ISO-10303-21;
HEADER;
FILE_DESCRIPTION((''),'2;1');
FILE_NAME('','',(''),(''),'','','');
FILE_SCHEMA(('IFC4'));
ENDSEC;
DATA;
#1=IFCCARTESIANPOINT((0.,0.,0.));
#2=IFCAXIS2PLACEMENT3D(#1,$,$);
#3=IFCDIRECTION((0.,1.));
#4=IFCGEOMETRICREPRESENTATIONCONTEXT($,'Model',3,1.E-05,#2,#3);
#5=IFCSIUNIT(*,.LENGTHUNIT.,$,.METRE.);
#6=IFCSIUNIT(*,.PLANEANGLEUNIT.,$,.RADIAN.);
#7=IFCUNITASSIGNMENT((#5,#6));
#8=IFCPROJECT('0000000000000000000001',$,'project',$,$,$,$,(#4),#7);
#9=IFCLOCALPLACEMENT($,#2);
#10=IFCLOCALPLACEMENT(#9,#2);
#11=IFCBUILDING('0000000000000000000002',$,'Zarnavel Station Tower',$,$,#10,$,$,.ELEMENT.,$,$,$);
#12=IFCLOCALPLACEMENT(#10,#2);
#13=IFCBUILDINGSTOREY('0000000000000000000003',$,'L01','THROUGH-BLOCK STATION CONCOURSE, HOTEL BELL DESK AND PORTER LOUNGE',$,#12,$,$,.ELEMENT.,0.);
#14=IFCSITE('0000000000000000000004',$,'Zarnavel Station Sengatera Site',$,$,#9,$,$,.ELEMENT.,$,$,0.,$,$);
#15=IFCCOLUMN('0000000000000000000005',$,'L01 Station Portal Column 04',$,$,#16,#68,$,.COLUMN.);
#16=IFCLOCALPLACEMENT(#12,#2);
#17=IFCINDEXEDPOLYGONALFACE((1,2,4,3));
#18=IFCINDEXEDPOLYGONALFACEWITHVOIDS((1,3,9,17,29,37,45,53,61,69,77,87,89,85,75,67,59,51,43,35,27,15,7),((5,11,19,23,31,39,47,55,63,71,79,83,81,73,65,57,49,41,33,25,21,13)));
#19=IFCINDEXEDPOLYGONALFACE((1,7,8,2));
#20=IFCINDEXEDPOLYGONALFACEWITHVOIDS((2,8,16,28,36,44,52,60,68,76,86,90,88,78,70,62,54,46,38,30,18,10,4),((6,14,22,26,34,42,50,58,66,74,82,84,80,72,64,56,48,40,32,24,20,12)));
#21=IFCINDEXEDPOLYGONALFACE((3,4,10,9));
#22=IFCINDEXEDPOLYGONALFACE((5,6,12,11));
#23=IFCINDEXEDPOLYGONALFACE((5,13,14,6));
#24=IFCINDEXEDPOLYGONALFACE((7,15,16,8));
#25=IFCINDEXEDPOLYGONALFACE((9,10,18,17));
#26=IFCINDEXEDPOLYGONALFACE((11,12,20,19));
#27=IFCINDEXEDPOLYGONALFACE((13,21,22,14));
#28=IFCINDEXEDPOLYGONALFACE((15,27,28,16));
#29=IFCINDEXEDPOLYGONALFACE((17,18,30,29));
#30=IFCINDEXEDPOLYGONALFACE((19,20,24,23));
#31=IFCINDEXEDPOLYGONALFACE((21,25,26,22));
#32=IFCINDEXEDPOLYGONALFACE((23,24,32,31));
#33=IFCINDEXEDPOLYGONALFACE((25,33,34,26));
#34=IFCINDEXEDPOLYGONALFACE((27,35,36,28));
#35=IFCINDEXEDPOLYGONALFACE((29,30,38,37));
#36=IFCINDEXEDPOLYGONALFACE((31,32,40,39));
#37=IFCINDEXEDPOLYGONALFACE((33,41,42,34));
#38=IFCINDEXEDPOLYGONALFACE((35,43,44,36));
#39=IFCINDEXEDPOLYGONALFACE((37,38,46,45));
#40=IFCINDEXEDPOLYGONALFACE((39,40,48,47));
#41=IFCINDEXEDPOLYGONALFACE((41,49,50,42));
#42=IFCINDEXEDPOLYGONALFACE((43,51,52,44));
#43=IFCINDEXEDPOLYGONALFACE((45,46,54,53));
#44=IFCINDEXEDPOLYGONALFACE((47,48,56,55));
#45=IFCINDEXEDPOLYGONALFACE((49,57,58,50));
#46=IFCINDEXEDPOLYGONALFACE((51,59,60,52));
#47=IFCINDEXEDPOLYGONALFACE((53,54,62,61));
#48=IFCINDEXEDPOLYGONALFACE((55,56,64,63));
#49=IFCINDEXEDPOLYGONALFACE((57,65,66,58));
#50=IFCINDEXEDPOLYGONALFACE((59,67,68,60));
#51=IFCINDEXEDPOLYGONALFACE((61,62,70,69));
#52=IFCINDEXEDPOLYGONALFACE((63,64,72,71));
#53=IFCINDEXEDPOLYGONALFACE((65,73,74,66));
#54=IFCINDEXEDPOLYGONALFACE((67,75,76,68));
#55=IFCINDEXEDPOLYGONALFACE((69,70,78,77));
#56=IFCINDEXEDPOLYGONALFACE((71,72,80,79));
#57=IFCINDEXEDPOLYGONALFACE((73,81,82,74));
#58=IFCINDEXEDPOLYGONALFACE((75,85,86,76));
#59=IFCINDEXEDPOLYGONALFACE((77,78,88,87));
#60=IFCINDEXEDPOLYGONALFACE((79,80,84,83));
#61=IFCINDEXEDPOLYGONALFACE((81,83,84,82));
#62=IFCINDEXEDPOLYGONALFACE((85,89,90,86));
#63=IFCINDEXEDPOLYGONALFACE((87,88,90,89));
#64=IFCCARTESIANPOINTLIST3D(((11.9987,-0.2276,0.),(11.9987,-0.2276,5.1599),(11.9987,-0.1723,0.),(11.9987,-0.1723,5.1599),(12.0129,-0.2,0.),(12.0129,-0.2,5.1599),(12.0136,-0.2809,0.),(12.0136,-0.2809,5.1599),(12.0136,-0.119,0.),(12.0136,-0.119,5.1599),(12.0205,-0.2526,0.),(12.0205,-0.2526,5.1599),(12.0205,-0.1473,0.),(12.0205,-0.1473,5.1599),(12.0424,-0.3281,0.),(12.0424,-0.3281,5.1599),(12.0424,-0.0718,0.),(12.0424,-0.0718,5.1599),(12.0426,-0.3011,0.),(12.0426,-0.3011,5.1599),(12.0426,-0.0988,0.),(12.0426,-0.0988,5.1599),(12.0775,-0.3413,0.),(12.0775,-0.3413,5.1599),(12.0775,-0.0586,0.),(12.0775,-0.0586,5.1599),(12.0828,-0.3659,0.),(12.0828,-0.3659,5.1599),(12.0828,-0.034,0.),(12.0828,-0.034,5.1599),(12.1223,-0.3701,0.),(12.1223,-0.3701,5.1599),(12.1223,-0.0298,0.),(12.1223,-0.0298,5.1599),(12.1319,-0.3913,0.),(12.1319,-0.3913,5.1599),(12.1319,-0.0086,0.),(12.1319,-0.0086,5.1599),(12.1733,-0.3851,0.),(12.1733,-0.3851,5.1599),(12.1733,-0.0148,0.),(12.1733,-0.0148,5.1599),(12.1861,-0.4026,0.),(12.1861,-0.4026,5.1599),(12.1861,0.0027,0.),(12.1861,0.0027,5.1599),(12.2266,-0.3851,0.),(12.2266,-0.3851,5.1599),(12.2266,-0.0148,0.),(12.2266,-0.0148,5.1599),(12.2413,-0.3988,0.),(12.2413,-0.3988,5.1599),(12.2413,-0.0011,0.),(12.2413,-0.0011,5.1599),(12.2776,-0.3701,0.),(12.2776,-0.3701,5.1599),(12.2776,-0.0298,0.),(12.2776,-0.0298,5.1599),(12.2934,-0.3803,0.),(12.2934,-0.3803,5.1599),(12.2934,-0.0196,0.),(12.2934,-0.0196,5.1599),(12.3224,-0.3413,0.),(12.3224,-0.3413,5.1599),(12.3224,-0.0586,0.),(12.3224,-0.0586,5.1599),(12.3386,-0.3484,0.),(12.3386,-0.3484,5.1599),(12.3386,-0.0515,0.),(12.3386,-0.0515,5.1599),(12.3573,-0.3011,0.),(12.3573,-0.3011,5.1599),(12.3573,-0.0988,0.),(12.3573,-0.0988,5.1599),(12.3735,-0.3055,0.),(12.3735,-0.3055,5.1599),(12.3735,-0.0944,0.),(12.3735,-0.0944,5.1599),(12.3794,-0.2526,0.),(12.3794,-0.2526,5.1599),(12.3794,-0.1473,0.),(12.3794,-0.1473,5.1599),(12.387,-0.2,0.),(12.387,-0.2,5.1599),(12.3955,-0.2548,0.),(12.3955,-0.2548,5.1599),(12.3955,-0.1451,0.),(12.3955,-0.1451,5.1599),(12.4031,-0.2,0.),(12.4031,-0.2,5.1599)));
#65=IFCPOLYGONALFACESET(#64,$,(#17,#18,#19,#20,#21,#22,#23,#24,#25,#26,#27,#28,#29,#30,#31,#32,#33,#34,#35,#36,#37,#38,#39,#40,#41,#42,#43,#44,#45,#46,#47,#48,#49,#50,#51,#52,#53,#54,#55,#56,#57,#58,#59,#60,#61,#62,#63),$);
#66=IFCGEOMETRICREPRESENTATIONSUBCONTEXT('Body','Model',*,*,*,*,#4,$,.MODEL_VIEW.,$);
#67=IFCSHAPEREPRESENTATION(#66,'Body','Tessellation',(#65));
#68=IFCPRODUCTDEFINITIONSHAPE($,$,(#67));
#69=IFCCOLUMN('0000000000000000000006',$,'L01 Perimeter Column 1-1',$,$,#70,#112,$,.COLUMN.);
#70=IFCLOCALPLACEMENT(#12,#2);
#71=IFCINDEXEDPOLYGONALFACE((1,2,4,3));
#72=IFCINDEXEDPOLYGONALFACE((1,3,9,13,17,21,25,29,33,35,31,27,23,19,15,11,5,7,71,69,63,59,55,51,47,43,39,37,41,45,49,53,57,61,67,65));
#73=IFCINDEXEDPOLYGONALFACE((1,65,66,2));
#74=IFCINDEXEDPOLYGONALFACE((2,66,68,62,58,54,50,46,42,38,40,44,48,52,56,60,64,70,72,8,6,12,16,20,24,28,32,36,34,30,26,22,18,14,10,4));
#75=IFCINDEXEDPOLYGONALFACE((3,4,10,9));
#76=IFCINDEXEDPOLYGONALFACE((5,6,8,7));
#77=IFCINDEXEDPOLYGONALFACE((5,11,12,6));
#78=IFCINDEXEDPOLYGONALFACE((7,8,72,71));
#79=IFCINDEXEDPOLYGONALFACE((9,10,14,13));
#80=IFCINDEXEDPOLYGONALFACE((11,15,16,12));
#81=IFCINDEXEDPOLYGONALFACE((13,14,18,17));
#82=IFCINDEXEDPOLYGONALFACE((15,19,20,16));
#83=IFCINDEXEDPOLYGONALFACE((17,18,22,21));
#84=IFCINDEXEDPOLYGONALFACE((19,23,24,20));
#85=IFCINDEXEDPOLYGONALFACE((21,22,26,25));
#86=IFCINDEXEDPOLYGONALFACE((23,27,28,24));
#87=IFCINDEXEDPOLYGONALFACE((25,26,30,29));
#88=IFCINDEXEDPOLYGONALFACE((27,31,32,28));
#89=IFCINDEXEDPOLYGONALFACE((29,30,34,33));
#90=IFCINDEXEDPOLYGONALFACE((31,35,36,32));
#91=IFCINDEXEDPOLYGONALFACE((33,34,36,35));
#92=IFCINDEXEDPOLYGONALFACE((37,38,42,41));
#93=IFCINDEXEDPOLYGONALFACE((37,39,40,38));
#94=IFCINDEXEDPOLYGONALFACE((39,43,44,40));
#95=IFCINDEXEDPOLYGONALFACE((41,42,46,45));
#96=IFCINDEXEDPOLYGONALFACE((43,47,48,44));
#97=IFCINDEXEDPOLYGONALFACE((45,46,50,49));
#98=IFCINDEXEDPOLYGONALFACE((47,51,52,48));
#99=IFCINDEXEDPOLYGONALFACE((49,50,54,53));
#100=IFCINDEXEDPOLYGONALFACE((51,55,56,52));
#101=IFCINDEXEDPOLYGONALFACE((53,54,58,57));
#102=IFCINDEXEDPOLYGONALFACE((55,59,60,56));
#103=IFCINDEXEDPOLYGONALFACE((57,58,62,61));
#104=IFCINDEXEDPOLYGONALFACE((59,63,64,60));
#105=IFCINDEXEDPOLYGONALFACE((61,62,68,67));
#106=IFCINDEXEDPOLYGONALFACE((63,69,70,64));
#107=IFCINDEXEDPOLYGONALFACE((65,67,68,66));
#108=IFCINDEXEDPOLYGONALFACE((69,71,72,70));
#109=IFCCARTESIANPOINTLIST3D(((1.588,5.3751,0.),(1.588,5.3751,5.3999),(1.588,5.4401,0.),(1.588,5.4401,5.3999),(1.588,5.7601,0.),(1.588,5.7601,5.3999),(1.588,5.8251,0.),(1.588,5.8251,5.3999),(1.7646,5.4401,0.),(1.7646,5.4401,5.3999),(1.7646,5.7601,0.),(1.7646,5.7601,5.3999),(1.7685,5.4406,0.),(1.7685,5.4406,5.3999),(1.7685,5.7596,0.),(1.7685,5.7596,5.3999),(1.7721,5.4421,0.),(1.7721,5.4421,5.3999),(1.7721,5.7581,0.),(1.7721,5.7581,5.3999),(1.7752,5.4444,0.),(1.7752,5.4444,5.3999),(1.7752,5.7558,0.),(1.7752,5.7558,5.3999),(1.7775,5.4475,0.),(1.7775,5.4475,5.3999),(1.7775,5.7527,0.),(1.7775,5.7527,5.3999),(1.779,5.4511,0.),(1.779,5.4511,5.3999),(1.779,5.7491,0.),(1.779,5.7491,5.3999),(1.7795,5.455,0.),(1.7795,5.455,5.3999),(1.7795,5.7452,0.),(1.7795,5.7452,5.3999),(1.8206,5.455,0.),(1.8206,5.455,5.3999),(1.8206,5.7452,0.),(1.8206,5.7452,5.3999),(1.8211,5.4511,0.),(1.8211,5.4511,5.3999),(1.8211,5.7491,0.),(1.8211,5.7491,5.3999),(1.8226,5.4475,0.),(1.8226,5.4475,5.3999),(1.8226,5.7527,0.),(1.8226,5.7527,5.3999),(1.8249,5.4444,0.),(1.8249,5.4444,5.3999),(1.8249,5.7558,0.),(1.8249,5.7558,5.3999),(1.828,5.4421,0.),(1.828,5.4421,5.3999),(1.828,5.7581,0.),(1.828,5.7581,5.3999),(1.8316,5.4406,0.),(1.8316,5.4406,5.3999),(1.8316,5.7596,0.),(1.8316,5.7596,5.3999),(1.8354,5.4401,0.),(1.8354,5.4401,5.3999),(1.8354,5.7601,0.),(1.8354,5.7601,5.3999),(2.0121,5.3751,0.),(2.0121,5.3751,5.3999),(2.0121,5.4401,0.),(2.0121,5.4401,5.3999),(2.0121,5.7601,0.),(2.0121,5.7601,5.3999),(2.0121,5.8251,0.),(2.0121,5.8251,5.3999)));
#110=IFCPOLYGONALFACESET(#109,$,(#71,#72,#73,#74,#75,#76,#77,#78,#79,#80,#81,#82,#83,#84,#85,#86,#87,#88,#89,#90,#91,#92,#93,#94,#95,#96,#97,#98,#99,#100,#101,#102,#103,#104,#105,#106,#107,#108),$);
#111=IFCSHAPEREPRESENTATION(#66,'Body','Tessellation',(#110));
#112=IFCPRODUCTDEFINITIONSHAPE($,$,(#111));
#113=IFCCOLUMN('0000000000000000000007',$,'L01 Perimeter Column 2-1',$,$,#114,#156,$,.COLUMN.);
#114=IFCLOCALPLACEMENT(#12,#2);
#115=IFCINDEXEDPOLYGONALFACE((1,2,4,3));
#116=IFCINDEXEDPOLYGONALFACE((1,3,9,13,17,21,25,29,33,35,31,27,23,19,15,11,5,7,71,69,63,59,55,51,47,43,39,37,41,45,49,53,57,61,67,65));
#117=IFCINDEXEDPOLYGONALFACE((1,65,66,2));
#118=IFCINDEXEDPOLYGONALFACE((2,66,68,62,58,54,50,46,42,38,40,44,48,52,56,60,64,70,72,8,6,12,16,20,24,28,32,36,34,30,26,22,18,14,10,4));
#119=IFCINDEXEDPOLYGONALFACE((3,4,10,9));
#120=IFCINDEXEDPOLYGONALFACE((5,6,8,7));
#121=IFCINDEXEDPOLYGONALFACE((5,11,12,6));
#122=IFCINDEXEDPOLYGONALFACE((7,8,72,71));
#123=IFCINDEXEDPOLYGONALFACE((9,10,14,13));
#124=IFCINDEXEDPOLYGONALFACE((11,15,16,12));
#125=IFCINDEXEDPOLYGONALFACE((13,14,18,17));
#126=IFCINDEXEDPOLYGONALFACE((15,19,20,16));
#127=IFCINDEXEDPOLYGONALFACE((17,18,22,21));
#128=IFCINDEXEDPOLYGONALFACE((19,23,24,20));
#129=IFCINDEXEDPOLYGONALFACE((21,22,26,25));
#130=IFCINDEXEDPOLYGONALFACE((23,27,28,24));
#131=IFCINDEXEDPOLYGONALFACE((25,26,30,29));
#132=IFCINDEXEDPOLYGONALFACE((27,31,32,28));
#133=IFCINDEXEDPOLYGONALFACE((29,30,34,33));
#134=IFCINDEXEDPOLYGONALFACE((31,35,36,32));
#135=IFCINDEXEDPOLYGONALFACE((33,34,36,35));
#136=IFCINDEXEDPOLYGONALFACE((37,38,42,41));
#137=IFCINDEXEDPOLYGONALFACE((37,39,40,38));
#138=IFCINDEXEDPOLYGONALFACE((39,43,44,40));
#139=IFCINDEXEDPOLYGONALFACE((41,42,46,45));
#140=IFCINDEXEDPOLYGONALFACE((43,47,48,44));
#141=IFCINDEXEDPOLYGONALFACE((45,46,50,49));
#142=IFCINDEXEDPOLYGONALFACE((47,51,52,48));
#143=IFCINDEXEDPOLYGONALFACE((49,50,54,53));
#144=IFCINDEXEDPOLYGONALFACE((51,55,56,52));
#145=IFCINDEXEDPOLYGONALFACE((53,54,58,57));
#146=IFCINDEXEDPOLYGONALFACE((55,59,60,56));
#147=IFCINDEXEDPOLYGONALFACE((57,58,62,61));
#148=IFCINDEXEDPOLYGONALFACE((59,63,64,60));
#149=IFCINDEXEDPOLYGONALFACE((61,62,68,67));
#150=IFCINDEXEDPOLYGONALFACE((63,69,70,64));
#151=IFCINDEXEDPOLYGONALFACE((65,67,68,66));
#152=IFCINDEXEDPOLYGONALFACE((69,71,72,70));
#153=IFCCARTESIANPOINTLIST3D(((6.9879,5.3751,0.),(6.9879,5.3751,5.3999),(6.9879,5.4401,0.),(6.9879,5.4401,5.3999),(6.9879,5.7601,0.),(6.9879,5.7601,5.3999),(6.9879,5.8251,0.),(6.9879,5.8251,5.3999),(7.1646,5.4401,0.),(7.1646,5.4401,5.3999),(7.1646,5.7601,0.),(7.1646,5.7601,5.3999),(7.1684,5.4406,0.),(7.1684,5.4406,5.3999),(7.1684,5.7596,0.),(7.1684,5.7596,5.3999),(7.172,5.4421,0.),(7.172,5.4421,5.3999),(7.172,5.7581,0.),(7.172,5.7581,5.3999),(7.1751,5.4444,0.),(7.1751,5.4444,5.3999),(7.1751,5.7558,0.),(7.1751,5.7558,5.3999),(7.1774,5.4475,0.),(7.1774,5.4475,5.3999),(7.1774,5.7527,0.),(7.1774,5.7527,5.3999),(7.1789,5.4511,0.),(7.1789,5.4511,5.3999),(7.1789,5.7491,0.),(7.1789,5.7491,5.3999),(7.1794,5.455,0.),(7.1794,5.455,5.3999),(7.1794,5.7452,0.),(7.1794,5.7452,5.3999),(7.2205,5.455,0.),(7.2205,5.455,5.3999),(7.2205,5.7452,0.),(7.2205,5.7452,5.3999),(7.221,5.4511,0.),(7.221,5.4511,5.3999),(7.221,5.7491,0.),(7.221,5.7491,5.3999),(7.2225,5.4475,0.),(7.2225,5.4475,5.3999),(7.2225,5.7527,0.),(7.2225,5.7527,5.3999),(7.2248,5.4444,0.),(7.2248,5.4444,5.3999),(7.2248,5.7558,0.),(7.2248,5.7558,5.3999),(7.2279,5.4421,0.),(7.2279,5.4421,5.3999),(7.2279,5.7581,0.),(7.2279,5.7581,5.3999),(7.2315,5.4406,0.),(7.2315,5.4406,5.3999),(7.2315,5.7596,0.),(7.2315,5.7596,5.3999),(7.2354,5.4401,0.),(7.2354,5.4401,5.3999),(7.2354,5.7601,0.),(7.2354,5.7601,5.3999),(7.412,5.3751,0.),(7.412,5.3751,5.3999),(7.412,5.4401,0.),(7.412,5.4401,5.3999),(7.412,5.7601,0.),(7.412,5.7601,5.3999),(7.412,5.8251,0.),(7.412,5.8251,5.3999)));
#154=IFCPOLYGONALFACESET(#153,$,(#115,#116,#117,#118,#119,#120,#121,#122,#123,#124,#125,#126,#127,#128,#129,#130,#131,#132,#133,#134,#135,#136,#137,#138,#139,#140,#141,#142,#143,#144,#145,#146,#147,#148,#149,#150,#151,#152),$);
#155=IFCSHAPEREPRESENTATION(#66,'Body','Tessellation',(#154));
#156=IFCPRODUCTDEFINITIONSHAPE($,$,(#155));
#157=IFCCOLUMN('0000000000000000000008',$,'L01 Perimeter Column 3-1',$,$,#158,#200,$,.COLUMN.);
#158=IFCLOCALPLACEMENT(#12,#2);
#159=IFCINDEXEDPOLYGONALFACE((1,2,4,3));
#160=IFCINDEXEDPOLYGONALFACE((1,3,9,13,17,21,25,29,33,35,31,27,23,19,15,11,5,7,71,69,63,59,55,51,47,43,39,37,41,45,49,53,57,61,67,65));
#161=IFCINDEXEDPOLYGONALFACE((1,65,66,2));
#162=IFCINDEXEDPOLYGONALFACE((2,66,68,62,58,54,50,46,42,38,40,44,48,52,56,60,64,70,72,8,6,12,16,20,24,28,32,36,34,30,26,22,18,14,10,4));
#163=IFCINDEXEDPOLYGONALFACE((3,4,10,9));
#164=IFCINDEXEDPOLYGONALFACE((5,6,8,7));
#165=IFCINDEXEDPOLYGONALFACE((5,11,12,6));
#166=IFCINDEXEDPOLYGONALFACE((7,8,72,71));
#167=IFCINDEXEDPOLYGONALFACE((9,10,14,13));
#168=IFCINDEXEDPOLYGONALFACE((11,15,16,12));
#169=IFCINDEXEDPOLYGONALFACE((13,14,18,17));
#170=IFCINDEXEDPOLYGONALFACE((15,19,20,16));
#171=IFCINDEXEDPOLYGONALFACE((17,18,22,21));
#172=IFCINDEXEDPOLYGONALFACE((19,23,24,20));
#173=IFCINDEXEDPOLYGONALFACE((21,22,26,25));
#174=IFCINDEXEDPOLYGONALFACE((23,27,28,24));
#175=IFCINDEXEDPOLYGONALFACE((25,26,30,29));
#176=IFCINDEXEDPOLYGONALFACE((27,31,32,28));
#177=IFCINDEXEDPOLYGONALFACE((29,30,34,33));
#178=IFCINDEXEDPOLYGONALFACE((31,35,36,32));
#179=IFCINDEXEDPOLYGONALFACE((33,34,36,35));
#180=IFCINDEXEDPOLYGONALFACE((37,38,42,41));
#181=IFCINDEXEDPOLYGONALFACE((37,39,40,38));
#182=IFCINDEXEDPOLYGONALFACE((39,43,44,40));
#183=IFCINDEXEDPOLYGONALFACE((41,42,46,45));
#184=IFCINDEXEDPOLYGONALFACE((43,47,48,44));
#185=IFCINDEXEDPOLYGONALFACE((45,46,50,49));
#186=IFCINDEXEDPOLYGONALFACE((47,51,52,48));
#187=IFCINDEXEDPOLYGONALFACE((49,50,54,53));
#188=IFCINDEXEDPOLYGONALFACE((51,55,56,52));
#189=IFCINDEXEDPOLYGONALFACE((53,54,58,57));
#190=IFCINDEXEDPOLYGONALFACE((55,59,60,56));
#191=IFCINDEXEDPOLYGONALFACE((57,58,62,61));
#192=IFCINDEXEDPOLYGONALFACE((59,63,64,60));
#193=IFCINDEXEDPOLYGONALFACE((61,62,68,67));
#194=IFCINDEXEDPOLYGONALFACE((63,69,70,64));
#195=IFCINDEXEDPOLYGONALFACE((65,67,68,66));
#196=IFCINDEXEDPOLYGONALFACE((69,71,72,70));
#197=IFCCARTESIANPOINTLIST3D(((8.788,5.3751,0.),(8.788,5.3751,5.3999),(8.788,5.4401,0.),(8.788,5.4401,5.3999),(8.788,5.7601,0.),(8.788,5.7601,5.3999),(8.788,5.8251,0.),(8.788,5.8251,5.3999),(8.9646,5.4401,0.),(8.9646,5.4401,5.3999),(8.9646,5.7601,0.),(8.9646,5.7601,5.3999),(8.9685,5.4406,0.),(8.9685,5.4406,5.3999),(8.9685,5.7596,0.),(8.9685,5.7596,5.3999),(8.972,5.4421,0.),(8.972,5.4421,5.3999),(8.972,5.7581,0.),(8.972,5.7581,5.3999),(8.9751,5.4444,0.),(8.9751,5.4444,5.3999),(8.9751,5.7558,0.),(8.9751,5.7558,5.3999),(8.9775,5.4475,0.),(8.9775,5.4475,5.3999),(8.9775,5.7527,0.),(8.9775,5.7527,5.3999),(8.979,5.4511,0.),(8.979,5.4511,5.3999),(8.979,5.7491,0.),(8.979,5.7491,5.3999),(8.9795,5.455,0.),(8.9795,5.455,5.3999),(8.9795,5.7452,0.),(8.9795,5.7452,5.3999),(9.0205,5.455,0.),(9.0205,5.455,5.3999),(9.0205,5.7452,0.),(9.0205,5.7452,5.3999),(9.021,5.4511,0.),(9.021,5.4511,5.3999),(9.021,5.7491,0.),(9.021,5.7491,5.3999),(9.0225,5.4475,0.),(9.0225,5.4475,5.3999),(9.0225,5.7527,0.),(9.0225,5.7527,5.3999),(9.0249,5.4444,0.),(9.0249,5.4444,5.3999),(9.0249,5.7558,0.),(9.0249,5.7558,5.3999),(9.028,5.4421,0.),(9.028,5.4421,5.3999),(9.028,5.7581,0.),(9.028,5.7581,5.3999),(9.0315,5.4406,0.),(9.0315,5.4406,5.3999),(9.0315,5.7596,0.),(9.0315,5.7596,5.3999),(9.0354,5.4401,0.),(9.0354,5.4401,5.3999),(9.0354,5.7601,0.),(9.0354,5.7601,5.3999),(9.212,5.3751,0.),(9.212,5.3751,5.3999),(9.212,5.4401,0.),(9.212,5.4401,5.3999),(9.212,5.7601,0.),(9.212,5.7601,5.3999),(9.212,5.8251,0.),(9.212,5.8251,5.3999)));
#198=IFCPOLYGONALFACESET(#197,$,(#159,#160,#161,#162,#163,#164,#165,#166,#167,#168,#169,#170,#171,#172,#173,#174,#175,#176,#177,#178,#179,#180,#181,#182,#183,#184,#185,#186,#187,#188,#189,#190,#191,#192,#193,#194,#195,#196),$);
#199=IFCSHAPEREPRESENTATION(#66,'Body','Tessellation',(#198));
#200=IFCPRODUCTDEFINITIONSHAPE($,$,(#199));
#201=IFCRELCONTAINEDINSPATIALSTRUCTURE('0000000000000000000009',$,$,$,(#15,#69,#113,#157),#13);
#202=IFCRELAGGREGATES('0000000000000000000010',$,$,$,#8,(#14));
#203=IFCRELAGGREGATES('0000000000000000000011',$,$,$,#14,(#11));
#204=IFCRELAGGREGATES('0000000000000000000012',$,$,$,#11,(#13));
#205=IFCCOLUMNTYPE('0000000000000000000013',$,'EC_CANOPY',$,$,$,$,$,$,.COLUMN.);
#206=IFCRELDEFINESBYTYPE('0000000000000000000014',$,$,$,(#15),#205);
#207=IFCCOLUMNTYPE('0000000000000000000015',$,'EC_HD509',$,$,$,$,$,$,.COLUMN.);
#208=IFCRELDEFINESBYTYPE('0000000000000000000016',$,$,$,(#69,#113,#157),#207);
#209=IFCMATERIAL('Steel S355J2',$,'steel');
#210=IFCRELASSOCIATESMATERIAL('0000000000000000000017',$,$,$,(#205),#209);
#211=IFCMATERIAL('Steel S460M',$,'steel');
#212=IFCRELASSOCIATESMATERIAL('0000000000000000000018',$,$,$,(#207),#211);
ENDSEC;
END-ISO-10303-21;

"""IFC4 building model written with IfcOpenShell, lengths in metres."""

from ifc_helpers import new_model, si_unit, direction, frame, origin, origin_2d, place, context, subcontext, project, spatial, hollow_circle, i_section, extrude, material, material_profile, profile_set, type_object, element, save


model = new_model("IFC4")

# Units and contexts
model_context = context("Model", 3, precision=1e-05, world=origin(), true_north=direction((0.0, 1.0)))
body_context = subcontext(model_context, "Body", "Model", "MODEL_VIEW")
ifc_project = project(units=[si_unit("LENGTHUNIT", "METRE"), si_unit("PLANEANGLEUNIT", "RADIAN")], contexts=[model_context])

# Site, building, storey
site_placement = place(None, origin())
site = spatial("IfcSite", under=ifc_project, at=site_placement, Name="Zarnavel Station Sengatera Site", CompositionType="ELEMENT", RefElevation=0.0)
building_placement = place(site_placement, origin())
building = spatial("IfcBuilding", under=site, at=building_placement, Name="Zarnavel Station Tower", CompositionType="ELEMENT")
storey_placement = place(building_placement, origin())
storey = spatial("IfcBuildingStorey", under=building, at=storey_placement, Name="L01", Description="THROUGH-BLOCK STATION CONCOURSE, HOTEL BELL DESK AND PORTER LOUNGE", CompositionType="ELEMENT", Elevation=0.0)

# Columns
ifc_material_1 = material(Name="Steel S355J2", Category="steel")
ifc_material_profile_1 = material_profile(ifc_material_1, hollow_circle(Radius=0.2031, WallThickness=0.0161, at=origin_2d()), Name="CHS406.4x16")
ifc_profile_set_1 = profile_set([ifc_material_profile_1], Name="Steel S355J2")
column_type_1 = type_object("IfcColumnType", Name="EC_CANOPY", PredefinedType="COLUMN", material=ifc_profile_set_1)
for number, where, z_axis, x_axis, name in (
    (1, (12.2, -0.2, 0.0), (0.0, 0.0, 1.0), (1.0, 0.0, 0.0), "L01 Station Portal Column 04"),
):
    element("IfcColumn", number, at=place(storey_placement, frame(where, z_axis=z_axis, x_axis=x_axis)), inside=storey, type_object=column_type_1, Name=name, PredefinedType="COLUMN", context=body_context, shape_type="SweptSolid", body=[
        extrude(hollow_circle(Radius=0.2031, WallThickness=0.0161, at=origin_2d()), origin(), (0.0, 0.0, 1.0), 5.1599),
    ])
ifc_material_2 = material(Name="Steel S460M", Category="steel")
ifc_material_profile_2 = material_profile(ifc_material_2, i_section(OverallWidth=0.4241, OverallDepth=0.45, WebThickness=0.041, FlangeThickness=0.0649, FilletRadius=0.0149, at=origin_2d()), Name="HD400x509")
ifc_profile_set_2 = profile_set([ifc_material_profile_2], Name="Steel S460M")
column_type_2 = type_object("IfcColumnType", Name="EC_HD509", PredefinedType="COLUMN", material=ifc_profile_set_2)
for number, where, z_axis, x_axis, name in (
    (2, (1.8, 5.6001, 0.0), (0.0, 0.0, 1.0), (1.0, 0.0, 0.0), "L01 Perimeter Column 1-1"),
    (3, (7.2, 5.6001, 0.0), (0.0, 0.0, 1.0), (1.0, 0.0, 0.0), "L01 Perimeter Column 2-1"),
    (4, (9.0, 5.6001, 0.0), (0.0, 0.0, 1.0), (1.0, 0.0, 0.0), "L01 Perimeter Column 3-1"),
):
    element("IfcColumn", number, at=place(storey_placement, frame(where, z_axis=z_axis, x_axis=x_axis)), inside=storey, type_object=column_type_2, Name=name, PredefinedType="COLUMN", context=body_context, shape_type="SweptSolid", body=[
        extrude(i_section(OverallWidth=0.4241, OverallDepth=0.45, WebThickness=0.041, FlangeThickness=0.0649, FilletRadius=0.0149, at=origin_2d()), origin(), (0.0, 0.0, 1.0), 5.3999),
    ])

save(model, "model.ifc")
